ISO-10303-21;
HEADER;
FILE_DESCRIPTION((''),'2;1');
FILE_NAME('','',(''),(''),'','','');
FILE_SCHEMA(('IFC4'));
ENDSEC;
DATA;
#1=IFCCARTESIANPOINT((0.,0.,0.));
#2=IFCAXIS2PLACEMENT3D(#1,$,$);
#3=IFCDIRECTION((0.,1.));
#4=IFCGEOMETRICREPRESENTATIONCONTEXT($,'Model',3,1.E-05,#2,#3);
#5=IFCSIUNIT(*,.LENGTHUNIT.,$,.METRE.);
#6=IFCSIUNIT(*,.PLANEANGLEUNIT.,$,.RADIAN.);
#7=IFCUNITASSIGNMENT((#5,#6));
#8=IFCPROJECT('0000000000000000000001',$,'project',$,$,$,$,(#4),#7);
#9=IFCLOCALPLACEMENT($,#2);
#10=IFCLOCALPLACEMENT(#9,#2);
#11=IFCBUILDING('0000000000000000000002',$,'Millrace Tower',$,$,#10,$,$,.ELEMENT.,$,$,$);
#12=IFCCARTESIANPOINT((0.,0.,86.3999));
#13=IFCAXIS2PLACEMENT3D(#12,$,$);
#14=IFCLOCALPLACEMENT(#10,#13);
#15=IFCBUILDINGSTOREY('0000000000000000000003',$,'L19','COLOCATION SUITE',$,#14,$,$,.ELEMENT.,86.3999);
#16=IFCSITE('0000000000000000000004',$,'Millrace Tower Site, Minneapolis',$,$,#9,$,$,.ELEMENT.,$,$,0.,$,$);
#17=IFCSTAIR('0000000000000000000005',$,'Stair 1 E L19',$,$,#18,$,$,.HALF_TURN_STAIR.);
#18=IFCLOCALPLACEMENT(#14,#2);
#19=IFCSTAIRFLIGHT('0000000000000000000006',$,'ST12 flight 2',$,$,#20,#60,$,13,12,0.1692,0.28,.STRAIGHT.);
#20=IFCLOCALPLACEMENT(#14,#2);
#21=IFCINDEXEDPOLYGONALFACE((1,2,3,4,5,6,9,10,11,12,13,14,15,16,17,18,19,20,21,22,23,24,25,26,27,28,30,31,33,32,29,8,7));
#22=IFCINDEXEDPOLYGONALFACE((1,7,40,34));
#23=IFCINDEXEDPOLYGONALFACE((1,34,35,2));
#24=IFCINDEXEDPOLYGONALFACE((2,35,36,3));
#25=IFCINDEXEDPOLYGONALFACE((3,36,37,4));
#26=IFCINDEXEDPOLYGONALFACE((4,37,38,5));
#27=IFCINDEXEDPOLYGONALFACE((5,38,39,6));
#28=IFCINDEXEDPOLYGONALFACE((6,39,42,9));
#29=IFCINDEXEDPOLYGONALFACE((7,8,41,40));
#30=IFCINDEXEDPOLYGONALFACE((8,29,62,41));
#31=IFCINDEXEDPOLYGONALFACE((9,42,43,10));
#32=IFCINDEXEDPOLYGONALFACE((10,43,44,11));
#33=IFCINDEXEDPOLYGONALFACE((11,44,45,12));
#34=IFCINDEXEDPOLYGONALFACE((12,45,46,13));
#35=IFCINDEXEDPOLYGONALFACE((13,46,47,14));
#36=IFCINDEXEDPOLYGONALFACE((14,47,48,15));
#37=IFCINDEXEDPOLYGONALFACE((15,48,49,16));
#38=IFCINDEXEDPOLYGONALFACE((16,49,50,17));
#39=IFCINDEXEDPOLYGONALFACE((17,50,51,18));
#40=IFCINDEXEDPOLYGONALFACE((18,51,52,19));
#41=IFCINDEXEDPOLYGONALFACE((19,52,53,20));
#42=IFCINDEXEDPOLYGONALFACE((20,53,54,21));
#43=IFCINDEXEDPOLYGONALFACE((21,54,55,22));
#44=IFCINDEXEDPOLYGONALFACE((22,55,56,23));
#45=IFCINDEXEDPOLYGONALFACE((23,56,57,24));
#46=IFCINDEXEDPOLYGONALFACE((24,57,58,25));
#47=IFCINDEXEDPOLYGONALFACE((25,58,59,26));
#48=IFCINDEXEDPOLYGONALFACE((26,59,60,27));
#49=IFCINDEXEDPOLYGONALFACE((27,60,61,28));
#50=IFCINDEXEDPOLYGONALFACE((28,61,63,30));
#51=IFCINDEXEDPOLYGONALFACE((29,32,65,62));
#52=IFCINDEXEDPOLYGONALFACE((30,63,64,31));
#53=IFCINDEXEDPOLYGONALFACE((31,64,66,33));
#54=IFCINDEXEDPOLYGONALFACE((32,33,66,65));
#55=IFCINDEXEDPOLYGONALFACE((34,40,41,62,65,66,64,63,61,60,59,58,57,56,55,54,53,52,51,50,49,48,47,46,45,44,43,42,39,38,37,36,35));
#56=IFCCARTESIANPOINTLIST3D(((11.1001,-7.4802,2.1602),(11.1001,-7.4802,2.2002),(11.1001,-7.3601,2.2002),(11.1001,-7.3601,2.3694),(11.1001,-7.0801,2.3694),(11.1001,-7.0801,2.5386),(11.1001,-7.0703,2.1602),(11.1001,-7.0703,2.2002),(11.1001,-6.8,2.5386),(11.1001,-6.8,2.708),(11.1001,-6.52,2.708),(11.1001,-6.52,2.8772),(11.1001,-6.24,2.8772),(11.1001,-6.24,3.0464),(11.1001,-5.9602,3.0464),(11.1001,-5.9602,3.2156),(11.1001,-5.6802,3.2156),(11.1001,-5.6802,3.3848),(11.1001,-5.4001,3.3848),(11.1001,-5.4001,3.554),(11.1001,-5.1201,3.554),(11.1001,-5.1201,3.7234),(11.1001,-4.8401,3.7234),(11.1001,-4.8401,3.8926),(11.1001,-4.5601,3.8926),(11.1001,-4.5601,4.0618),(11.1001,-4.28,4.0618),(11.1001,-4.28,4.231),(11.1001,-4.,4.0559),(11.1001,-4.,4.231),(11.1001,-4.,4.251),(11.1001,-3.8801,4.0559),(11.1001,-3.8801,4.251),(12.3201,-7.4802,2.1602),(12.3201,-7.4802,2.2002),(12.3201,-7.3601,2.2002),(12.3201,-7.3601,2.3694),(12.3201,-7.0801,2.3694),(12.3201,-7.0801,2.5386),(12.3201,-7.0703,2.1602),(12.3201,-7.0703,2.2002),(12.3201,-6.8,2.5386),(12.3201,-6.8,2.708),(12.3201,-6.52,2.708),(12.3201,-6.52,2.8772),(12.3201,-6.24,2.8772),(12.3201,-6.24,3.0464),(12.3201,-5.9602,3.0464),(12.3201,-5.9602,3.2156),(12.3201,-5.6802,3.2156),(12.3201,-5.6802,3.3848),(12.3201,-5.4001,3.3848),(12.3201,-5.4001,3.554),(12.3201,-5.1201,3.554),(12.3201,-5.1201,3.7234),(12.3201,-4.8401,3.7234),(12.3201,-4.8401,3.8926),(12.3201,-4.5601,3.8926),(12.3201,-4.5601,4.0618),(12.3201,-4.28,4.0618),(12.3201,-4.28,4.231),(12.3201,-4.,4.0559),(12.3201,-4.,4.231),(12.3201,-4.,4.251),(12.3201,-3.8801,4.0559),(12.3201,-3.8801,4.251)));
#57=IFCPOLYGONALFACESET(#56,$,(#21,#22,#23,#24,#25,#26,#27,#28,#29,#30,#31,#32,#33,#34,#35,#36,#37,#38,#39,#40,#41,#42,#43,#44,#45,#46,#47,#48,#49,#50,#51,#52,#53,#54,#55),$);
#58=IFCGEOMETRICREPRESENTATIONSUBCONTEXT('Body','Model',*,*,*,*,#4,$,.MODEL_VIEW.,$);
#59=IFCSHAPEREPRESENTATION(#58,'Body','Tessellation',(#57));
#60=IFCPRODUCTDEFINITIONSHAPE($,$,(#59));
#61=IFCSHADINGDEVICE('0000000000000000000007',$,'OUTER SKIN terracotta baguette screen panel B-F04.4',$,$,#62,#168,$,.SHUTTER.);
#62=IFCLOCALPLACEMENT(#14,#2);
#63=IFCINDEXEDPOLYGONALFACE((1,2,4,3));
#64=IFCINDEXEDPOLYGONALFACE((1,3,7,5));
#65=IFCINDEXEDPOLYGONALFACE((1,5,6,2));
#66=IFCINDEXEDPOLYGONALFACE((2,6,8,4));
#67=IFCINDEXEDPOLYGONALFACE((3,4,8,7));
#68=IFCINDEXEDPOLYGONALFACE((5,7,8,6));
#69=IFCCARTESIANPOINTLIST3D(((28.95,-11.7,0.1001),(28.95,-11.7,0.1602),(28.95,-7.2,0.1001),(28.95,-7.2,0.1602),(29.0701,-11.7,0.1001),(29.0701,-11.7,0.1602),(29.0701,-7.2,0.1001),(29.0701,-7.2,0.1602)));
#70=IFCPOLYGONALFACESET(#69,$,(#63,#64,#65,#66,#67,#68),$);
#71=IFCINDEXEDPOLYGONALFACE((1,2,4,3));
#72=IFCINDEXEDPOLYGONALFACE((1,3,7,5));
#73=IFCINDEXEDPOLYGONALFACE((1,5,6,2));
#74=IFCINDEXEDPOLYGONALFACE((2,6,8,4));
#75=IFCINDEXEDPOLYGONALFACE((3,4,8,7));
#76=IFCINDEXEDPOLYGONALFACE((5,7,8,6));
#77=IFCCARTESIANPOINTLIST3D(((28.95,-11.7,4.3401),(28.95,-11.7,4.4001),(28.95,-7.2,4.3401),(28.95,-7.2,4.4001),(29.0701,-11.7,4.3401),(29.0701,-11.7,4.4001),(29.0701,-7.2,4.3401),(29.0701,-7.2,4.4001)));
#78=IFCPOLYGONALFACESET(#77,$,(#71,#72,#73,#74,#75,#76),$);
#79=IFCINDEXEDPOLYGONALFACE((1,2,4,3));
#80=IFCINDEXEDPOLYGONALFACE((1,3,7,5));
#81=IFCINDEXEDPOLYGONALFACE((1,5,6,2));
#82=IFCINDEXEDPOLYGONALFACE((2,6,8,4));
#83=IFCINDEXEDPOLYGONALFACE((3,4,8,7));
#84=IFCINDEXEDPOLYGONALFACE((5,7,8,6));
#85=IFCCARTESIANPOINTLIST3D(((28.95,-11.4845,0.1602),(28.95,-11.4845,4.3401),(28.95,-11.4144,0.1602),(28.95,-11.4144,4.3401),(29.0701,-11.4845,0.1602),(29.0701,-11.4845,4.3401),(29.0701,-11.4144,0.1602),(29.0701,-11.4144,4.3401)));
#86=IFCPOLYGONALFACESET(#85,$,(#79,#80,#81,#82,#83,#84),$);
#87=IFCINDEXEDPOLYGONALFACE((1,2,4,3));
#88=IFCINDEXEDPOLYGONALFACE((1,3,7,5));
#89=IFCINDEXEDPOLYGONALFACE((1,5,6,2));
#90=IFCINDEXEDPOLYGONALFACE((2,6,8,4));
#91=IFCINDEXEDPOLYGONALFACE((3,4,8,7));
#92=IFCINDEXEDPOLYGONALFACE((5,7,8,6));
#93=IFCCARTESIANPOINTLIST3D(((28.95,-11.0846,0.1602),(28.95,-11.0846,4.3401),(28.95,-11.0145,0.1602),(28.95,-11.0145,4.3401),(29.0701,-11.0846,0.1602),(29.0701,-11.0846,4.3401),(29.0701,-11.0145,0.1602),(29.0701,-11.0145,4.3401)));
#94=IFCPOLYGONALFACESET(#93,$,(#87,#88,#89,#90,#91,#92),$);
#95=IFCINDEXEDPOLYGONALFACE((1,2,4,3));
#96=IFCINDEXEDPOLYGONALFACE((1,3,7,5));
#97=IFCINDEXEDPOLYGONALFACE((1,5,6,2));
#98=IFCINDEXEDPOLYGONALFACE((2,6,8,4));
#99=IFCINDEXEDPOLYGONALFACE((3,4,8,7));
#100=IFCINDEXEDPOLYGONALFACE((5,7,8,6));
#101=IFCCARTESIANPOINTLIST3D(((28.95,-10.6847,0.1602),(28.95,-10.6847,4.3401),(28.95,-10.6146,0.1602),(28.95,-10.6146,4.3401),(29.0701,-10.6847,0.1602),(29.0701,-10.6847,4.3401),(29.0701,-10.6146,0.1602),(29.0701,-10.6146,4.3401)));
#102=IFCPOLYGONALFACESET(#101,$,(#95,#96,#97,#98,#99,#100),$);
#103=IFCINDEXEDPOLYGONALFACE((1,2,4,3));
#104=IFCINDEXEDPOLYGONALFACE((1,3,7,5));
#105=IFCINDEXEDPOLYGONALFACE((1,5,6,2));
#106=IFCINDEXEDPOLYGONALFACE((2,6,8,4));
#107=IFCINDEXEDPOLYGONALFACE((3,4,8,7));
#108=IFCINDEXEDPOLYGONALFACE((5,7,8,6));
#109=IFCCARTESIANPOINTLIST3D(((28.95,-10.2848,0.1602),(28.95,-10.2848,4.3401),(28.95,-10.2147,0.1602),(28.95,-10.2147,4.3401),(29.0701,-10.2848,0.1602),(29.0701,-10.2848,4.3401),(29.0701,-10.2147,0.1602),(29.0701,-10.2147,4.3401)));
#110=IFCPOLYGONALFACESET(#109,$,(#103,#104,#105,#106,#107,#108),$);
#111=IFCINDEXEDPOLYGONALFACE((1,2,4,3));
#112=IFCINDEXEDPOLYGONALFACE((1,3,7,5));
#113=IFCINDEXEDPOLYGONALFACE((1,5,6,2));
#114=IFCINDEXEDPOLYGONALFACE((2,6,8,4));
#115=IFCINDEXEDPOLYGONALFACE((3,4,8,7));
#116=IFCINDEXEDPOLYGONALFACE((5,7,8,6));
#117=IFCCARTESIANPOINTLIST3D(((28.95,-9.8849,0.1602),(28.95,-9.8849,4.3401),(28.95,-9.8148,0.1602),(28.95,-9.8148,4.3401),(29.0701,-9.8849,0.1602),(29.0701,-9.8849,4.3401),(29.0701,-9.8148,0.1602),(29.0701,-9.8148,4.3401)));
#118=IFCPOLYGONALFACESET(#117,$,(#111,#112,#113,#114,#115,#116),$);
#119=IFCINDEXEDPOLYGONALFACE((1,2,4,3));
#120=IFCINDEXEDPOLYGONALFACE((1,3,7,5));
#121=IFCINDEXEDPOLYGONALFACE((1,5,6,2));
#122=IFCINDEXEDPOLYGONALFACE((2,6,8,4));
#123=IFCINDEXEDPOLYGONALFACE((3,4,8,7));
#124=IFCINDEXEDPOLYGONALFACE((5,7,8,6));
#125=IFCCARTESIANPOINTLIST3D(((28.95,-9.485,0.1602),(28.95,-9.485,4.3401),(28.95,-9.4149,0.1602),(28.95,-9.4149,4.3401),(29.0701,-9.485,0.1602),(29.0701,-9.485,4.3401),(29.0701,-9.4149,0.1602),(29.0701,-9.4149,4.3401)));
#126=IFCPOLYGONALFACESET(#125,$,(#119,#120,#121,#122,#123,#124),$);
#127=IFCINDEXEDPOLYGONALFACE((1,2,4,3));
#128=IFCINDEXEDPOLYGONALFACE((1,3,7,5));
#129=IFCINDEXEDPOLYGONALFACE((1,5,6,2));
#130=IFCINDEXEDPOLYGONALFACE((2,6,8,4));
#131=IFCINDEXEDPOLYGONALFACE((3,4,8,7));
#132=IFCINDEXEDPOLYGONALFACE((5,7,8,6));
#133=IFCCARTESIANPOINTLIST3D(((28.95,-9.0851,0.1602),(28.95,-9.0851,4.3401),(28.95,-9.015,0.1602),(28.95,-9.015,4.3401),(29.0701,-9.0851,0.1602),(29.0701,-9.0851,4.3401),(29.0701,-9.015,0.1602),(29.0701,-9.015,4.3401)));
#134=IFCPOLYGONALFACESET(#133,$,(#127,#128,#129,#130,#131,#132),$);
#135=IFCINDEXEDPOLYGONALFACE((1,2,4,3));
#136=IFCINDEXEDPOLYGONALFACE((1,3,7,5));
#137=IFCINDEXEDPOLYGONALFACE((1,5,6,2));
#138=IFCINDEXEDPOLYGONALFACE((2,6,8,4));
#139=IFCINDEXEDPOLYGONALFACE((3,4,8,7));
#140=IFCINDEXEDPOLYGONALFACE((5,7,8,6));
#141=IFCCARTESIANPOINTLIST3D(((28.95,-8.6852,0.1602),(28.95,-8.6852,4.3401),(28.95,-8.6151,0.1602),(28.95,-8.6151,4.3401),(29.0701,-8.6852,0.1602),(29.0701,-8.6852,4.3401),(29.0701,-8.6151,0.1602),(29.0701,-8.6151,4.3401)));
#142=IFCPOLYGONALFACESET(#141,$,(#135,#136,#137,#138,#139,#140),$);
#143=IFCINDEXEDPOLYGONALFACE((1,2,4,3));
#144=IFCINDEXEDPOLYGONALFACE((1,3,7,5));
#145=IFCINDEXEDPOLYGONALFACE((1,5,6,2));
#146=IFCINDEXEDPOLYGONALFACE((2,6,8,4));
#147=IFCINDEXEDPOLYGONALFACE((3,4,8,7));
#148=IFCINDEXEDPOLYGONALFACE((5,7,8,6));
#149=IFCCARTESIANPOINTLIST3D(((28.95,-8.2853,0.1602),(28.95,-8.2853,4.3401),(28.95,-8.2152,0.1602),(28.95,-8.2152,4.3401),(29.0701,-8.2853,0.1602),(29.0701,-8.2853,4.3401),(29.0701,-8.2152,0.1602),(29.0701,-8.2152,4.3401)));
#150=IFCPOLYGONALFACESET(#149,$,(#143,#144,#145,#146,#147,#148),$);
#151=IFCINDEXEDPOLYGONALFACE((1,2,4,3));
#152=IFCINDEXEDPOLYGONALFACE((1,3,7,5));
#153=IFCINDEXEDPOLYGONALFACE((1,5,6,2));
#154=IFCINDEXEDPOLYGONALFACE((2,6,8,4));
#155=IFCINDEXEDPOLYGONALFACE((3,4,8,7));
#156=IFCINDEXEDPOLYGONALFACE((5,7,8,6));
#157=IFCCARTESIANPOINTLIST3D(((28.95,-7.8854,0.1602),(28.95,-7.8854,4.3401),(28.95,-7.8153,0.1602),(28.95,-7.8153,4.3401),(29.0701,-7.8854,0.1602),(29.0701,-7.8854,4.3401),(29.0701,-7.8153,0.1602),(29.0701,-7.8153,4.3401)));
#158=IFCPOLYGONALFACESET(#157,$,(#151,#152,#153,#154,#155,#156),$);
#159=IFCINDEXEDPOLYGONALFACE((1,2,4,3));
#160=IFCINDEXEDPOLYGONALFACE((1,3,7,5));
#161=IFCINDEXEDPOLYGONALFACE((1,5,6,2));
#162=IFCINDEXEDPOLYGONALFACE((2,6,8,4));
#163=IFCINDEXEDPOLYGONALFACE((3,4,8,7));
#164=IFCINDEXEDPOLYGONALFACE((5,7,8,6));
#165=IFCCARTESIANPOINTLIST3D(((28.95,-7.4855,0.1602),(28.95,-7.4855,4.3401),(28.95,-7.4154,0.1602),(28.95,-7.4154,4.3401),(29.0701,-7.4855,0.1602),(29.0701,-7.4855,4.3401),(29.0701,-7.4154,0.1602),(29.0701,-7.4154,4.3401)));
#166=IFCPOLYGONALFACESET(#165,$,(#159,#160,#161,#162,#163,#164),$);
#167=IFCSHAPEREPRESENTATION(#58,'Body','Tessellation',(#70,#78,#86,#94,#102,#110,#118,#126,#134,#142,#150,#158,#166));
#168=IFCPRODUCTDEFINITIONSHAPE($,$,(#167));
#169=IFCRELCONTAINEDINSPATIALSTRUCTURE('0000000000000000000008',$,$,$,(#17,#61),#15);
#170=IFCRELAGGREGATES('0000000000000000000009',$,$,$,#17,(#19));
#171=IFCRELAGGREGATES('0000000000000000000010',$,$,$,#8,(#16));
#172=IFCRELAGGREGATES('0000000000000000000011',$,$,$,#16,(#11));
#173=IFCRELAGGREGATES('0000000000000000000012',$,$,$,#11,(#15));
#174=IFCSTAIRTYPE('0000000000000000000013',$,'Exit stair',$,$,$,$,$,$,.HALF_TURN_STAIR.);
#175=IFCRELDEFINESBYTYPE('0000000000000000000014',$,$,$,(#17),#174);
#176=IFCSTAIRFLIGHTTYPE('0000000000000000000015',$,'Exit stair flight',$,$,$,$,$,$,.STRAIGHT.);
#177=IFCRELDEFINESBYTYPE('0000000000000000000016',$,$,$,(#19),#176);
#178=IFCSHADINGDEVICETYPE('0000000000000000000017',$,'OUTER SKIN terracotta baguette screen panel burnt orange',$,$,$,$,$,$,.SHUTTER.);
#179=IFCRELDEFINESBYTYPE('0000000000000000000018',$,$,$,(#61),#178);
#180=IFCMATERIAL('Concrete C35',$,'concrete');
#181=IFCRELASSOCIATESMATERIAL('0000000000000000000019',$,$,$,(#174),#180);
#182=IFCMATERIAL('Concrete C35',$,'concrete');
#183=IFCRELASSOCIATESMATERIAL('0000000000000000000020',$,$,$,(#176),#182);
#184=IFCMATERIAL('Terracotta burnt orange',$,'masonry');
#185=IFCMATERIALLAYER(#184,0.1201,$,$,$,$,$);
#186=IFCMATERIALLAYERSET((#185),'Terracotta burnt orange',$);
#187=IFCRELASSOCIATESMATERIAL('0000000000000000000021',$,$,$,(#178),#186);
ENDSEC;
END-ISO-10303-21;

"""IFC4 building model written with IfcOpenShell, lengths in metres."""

from ifc_helpers import new_model, entity, si_unit, direction, frame, frame_2d, origin, origin_2d, place, context, subcontext, project, spatial, polyline, rectangle, outline, extrude, source, transform, mapped, material, layer, layer_set, type_object, element, aggregate, save


model = new_model("IFC4")

# Units and contexts
model_context = context("Model", 3, precision=1e-05, world=origin(), true_north=direction((0.0, 1.0)))
body_context = subcontext(model_context, "Body", "Model", "MODEL_VIEW")
ifc_project = project(units=[si_unit("LENGTHUNIT", "METRE"), si_unit("PLANEANGLEUNIT", "RADIAN")], contexts=[model_context])

# Site, building, storey
site_placement = place(None, origin())
site = spatial("IfcSite", under=ifc_project, at=site_placement, Name="Millrace Tower Site, Minneapolis", CompositionType="ELEMENT", RefElevation=0.0)
building_placement = place(site_placement, origin())
building = spatial("IfcBuilding", under=site, at=building_placement, Name="Millrace Tower", CompositionType="ELEMENT")
storey_placement = place(building_placement, frame((0.0, 0.0, 86.3999)))
storey = spatial("IfcBuildingStorey", under=building, at=storey_placement, Name="L19", Description="COLOCATION SUITE", CompositionType="ELEMENT", Elevation=86.3999)

# Shared definitions
placement = place(storey_placement, origin())

# Stair, stair flight
ifc_material_1 = material(Name="Concrete C35", Category="concrete")
stair_type = type_object("IfcStairType", Name="Exit stair", PredefinedType="HALF_TURN_STAIR", material=ifc_material_1)
stair = element("IfcStair", 1, at=placement, inside=storey, type_object=stair_type, Name="Stair 1 E L19", PredefinedType="HALF_TURN_STAIR")
ifc_material_2 = material(Name="Concrete C35", Category="concrete")
stair_flight_type = type_object("IfcStairFlightType", Name="Exit stair flight", PredefinedType="STRAIGHT", material=ifc_material_2)
stair_flight_1_placement = place(storey_placement, frame((11.71, -7.3601, 2.2002), z_axis=(0.0, 0.0, 1.0), x_axis=(0.0, 1.0, 0.0)))
stair_flight_1 = element("IfcStairFlight", 2, at=stair_flight_1_placement, type_object=stair_flight_type, Name="ST12 flight 2", NumberOfRisers=13, NumberOfTreads=12, PredefinedType="STRAIGHT", RiserHeight=0.1692, TreadLength=0.28, context=body_context, shape_type="SweptSolid", body=[
    extrude(outline(polyline([(-0.1201, -0.04), (-0.1201, 0.0), (0.0, 0.0), (0.0, 0.1692), (0.28, 0.1692), (0.28, 0.3384), (0.5601, 0.3384), (0.5601, 0.5078), (0.8401, 0.5078), (0.8401, 0.677), (1.1201, 0.677), (1.1201, 0.8462), (1.3999, 0.8462), (1.3999, 1.0154), (1.6799, 1.0154), (1.6799, 1.1846), (1.96, 1.1846), (1.96, 1.3538), (2.24, 1.3538), (2.24, 1.5232), (2.52, 1.5232), (2.52, 1.6924), (2.8, 1.6924), (2.8, 1.8616), (3.0801, 1.8616), (3.0801, 2.0308), (3.3601, 2.0308), (3.3601, 2.0508), (3.48, 2.0508), (3.48, 1.8557), (3.3601, 1.8557), (0.2898, 0.0), (0.2898, -0.04), (-0.1201, -0.04)])), frame((0.0, 0.6099, 0.0), z_axis=(0.0, -1.0, 0.0), x_axis=(1.0, 0.0, 0.0)), (0.0, 0.0, 1.0), 1.22),
])
aggregate(stair, [stair_flight_1])

# Shading device
ifc_material_3 = material(Name="Terracotta burnt orange", Category="masonry")
ifc_layer_1 = layer(ifc_material_3, 0.1201)
ifc_layer_set_1 = layer_set([ifc_layer_1], Name="Terracotta burnt orange")
shading_device_type = type_object("IfcShadingDeviceType", Name="OUTER SKIN terracotta baguette screen panel burnt orange", PredefinedType="SHUTTER", material=ifc_layer_set_1)
cartesian_point = entity("IfcCartesianPoint", [-2.25, 0.0601])
shared_polyline = entity("IfcPolyline", [cartesian_point, entity("IfcCartesianPoint", [2.25, 0.0601]), entity("IfcCartesianPoint", [2.25, -0.0601]), entity("IfcCartesianPoint", [-2.25, -0.0601]), cartesian_point])
shared_shape = source(origin(), body_context, "Body", "SweptSolid", [
    entity("IfcExtrudedAreaSolid", entity("IfcArbitraryClosedProfileDef", "AREA", None, shared_polyline), entity("IfcAxis2Placement3D", entity("IfcCartesianPoint", [0.0, 0.0, 0.0])), entity("IfcDirection", [0.0, 0.0, 1.0]), 0.0601),
    entity("IfcExtrudedAreaSolid", entity("IfcArbitraryClosedProfileDef", "AREA", None, shared_polyline), entity("IfcAxis2Placement3D", entity("IfcCartesianPoint", [0.0, 0.0, 4.24])), entity("IfcDirection", [0.0, 0.0, 1.0]), 0.0601),
    extrude(rectangle(XDim=0.0701, YDim=0.1201, at=frame_2d((-1.9995, 0.0))), frame((0.0, 0.0, 0.0601)), (0.0, 0.0, 1.0), 4.1799),
    extrude(rectangle(XDim=0.0701, YDim=0.1201, at=frame_2d((-1.5996, 0.0))), frame((0.0, 0.0, 0.0601)), (0.0, 0.0, 1.0), 4.1799),
    extrude(rectangle(XDim=0.0701, YDim=0.1201, at=frame_2d((-1.1997, 0.0))), frame((0.0, 0.0, 0.0601)), (0.0, 0.0, 1.0), 4.1799),
    extrude(rectangle(XDim=0.0701, YDim=0.1201, at=frame_2d((-0.7998, 0.0))), frame((0.0, 0.0, 0.0601)), (0.0, 0.0, 1.0), 4.1799),
    extrude(rectangle(XDim=0.0701, YDim=0.1201, at=frame_2d((-0.3999, 0.0))), frame((0.0, 0.0, 0.0601)), (0.0, 0.0, 1.0), 4.1799),
    extrude(rectangle(XDim=0.0701, YDim=0.1201, at=origin_2d()), frame((0.0, 0.0, 0.0601)), (0.0, 0.0, 1.0), 4.1799),
    extrude(rectangle(XDim=0.0701, YDim=0.1201, at=frame_2d((0.3999, 0.0))), frame((0.0, 0.0, 0.0601)), (0.0, 0.0, 1.0), 4.1799),
    extrude(rectangle(XDim=0.0701, YDim=0.1201, at=frame_2d((0.7998, 0.0))), frame((0.0, 0.0, 0.0601)), (0.0, 0.0, 1.0), 4.1799),
    extrude(rectangle(XDim=0.0701, YDim=0.1201, at=frame_2d((1.1997, 0.0))), frame((0.0, 0.0, 0.0601)), (0.0, 0.0, 1.0), 4.1799),
    extrude(rectangle(XDim=0.0701, YDim=0.1201, at=frame_2d((1.5996, 0.0))), frame((0.0, 0.0, 0.0601)), (0.0, 0.0, 1.0), 4.1799),
    extrude(rectangle(XDim=0.0701, YDim=0.1201, at=frame_2d((1.9995, 0.0))), frame((0.0, 0.0, 0.0601)), (0.0, 0.0, 1.0), 4.1799),
])
for number, where, z_axis, x_axis, name in (
    (3, (29.01, -9.45, 0.1001), (0.0, 0.0, 1.0), (0.0, 1.0, 0.0), "OUTER SKIN terracotta baguette screen panel B-F04.4"),
):
    element("IfcShadingDevice", number, at=place(storey_placement, frame(where, z_axis=z_axis, x_axis=x_axis)), inside=storey, type_object=shading_device_type, Name=name, PredefinedType="SHUTTER", context=body_context, shape_type="MappedRepresentation", body=[
        mapped(shared_shape, transform((0.0, 0.0, 0.0), scale=1.0)),
    ])

save(model, "model.ifc")
